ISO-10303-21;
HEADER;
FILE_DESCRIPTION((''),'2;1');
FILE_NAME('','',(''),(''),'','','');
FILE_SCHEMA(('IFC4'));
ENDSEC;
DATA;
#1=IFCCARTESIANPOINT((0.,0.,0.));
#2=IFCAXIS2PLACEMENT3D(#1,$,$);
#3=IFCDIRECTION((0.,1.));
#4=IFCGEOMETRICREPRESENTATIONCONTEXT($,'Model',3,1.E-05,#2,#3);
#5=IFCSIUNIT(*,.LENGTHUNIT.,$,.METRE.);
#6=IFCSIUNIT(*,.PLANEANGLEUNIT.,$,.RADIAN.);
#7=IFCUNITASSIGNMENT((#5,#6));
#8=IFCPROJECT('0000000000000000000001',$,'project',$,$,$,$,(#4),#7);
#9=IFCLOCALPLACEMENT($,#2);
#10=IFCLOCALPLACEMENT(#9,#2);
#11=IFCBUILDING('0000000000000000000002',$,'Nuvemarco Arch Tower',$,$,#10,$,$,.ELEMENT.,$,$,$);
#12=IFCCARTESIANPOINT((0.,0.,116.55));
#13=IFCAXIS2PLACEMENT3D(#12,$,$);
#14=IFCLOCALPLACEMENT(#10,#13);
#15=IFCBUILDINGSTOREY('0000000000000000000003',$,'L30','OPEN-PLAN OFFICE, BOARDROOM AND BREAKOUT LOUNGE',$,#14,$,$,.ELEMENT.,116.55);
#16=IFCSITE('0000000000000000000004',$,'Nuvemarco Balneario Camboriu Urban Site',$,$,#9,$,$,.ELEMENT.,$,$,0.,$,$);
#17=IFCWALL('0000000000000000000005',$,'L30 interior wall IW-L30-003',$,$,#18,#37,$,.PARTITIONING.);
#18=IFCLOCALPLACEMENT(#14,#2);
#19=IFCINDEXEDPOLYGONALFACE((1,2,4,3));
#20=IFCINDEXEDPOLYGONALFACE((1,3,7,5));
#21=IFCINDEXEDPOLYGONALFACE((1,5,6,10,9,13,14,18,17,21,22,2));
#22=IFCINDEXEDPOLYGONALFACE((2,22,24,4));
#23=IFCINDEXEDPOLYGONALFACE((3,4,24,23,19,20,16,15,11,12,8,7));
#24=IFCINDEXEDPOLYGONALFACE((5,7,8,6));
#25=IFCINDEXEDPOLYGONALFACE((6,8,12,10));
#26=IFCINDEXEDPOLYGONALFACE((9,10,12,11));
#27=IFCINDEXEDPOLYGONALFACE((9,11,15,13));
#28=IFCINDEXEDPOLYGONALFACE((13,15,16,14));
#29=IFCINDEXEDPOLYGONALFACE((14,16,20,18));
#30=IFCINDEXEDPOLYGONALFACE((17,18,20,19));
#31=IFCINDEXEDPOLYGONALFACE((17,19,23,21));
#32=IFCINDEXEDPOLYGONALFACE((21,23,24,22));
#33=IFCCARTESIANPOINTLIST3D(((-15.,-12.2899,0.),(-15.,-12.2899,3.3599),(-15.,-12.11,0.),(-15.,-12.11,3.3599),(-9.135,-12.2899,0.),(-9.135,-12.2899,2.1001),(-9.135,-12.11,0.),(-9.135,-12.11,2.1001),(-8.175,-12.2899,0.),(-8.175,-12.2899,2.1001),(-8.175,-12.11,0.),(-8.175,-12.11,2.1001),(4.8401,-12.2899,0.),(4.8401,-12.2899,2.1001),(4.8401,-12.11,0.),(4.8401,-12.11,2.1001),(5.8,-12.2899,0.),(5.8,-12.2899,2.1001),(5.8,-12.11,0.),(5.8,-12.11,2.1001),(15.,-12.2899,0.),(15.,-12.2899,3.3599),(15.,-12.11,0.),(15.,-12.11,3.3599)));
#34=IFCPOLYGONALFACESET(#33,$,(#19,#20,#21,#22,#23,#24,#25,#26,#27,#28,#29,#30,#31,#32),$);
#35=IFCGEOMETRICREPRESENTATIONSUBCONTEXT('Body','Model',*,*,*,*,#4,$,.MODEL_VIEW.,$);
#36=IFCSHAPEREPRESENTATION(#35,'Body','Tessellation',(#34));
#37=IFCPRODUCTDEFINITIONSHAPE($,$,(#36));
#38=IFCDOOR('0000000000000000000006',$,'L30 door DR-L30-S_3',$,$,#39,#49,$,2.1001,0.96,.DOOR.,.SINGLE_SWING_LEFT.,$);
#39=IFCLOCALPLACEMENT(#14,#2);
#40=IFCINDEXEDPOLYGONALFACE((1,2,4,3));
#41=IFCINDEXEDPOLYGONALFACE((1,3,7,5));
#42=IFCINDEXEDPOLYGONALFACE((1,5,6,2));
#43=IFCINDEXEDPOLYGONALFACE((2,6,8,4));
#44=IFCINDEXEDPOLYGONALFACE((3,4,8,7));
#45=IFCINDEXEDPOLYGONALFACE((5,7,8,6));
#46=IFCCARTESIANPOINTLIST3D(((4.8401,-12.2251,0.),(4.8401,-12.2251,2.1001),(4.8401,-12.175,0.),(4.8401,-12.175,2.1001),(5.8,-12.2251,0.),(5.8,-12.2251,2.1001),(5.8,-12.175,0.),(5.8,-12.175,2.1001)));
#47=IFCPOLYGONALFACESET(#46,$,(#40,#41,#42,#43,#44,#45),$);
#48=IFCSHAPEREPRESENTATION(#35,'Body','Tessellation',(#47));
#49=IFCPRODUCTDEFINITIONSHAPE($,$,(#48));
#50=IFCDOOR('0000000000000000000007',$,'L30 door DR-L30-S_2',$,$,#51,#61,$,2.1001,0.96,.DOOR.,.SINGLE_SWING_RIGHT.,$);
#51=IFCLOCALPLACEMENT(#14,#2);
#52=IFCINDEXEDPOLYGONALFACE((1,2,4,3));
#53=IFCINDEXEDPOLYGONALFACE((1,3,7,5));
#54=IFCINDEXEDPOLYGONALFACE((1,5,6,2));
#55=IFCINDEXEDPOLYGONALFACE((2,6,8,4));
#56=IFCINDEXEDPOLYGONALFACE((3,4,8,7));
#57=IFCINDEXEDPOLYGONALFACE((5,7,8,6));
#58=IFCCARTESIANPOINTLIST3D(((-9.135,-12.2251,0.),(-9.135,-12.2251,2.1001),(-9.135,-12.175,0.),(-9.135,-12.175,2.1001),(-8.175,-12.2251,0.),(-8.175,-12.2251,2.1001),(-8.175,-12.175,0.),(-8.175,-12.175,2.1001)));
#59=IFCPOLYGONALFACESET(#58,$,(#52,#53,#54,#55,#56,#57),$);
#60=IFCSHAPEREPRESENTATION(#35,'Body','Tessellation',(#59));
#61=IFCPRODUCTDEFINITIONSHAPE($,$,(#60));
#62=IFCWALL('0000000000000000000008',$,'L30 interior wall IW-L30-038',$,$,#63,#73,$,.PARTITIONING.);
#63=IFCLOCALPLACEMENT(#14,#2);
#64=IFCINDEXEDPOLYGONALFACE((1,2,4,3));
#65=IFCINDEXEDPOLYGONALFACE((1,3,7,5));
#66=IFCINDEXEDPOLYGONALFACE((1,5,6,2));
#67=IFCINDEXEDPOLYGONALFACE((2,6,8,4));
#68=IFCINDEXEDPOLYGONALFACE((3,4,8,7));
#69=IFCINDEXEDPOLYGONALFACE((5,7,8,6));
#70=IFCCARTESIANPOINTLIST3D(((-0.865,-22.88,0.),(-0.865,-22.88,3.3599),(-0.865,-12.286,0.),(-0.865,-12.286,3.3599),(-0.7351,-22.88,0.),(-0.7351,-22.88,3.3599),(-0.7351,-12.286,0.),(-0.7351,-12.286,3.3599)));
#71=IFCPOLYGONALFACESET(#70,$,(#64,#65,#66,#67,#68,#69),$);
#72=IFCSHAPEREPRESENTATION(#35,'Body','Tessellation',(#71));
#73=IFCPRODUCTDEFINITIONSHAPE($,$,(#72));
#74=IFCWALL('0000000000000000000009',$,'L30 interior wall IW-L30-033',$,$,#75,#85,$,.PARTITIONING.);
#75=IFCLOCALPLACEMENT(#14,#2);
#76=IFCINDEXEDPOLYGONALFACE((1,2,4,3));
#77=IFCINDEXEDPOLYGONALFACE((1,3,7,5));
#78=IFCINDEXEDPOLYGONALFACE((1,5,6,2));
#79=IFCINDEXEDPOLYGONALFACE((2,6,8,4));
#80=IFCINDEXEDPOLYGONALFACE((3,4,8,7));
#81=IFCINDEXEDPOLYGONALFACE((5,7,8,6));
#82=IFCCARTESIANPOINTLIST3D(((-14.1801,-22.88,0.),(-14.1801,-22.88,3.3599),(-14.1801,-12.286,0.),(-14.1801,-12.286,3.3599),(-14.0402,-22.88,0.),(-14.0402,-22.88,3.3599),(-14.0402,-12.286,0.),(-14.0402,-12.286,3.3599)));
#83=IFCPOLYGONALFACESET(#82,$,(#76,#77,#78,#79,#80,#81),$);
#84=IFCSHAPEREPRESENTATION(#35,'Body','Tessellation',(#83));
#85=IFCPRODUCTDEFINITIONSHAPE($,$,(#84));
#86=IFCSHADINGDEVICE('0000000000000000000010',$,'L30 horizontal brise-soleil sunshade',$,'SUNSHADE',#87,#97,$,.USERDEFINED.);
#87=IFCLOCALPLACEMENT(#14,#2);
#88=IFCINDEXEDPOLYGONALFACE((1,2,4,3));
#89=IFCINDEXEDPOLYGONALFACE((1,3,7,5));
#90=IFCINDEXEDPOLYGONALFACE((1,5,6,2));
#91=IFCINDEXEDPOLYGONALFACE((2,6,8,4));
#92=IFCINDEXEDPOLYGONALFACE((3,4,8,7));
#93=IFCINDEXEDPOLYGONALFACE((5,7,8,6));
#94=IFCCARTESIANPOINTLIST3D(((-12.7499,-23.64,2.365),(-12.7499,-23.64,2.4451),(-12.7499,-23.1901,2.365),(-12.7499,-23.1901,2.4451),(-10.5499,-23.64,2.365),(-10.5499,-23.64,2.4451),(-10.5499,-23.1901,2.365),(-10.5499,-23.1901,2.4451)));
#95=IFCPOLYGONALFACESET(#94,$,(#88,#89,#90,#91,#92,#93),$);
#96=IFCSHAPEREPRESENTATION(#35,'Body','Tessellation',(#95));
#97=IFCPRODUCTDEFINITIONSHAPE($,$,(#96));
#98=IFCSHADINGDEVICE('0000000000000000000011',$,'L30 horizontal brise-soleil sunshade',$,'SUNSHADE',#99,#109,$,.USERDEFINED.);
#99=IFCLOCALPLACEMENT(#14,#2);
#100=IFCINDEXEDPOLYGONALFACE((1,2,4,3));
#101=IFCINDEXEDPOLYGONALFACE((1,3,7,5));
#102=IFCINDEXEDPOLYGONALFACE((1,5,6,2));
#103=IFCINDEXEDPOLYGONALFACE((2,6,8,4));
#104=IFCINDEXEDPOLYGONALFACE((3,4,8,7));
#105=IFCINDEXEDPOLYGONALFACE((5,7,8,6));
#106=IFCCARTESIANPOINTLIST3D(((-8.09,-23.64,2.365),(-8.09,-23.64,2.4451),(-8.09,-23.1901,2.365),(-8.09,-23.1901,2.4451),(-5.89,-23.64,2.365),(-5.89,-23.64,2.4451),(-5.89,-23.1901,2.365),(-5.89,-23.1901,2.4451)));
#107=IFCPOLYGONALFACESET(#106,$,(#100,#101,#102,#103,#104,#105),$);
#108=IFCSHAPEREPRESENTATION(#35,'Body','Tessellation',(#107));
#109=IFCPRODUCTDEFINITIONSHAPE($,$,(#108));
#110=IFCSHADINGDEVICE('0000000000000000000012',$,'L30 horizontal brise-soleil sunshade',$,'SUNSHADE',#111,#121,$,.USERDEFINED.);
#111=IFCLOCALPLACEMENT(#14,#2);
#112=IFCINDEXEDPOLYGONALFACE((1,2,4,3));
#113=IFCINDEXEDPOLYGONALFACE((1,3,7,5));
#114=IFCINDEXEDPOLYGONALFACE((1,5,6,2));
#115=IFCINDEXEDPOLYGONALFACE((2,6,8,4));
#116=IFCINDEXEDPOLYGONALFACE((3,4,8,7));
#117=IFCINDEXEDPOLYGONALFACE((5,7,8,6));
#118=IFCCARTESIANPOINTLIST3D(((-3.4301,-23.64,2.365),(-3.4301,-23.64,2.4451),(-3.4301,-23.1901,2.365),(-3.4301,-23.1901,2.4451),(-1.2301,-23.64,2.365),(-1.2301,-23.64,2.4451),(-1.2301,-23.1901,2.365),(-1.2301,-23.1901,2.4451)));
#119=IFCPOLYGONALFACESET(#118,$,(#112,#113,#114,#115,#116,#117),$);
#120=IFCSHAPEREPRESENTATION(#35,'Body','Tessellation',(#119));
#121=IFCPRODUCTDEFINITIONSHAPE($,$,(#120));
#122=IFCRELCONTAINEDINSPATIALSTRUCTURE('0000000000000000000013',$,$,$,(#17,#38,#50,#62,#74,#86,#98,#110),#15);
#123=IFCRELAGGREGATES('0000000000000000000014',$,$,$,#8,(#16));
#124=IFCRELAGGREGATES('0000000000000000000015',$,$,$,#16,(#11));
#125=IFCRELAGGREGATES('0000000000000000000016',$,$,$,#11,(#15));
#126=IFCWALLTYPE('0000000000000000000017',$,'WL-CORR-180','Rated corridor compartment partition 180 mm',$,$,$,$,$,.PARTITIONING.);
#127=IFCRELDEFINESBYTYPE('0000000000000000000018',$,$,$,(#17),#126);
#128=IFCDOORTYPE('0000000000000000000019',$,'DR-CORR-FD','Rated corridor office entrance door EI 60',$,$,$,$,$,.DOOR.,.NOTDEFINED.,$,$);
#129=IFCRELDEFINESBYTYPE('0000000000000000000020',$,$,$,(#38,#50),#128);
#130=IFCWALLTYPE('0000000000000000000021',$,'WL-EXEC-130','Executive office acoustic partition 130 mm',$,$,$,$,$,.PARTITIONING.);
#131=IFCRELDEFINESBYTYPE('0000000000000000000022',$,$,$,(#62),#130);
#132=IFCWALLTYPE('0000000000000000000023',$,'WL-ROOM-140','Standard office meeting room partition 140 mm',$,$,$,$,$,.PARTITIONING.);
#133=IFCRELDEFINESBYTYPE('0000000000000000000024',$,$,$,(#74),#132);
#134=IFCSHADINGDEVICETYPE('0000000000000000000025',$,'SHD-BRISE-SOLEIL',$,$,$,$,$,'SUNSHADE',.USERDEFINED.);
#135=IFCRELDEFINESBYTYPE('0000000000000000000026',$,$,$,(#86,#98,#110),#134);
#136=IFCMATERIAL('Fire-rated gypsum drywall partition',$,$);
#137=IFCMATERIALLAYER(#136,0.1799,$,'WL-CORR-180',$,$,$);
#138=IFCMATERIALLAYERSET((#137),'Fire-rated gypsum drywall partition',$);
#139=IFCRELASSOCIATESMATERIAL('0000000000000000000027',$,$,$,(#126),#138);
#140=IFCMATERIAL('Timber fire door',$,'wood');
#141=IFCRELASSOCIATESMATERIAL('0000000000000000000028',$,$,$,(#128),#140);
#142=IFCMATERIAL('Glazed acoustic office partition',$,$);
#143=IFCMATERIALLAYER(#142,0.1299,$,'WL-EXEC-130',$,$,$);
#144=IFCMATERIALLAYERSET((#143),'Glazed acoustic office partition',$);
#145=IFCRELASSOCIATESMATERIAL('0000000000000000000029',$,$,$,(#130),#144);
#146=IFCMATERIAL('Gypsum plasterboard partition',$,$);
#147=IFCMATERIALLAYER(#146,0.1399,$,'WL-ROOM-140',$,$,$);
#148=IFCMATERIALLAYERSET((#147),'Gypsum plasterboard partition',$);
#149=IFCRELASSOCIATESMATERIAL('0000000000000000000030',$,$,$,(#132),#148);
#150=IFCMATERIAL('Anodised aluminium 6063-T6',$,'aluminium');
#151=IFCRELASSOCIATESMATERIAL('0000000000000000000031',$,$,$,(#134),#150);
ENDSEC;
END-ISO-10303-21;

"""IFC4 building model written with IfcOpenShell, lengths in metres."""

from ifc_helpers import new_model, si_unit, direction, frame, frame_2d, origin, origin_2d, place, context, subcontext, project, spatial, rectangle, extrude, source, transform, mapped, material, layer, layer_set, type_object, type_shapes, element, fill, save


model = new_model("IFC4")

# Units and contexts
model_context = context("Model", 3, precision=1e-05, world=origin(), true_north=direction((0.0, 1.0)))
body_context = subcontext(model_context, "Body", "Model", "MODEL_VIEW")
ifc_project = project(units=[si_unit("LENGTHUNIT", "METRE"), si_unit("PLANEANGLEUNIT", "RADIAN")], contexts=[model_context])

# Site, building, storey
site_placement = place(None, origin())
site = spatial("IfcSite", under=ifc_project, at=site_placement, Name="Nuvemarco Balneario Camboriu Urban Site", CompositionType="ELEMENT", RefElevation=0.0)
building_placement = place(site_placement, origin())
building = spatial("IfcBuilding", under=site, at=building_placement, Name="Nuvemarco Arch Tower", CompositionType="ELEMENT")
storey_placement = place(building_placement, frame((0.0, 0.0, 116.55)))
storey = spatial("IfcBuildingStorey", under=building, at=storey_placement, Name="L30", Description="OPEN-PLAN OFFICE, BOARDROOM AND BREAKOUT LOUNGE", CompositionType="ELEMENT", Elevation=116.55)

# Wall, openings, doors
ifc_material_1 = material(Name="Fire-rated gypsum drywall partition")
ifc_layer_1 = layer(ifc_material_1, 0.1799, Name="WL-CORR-180")
ifc_layer_set_1 = layer_set([ifc_layer_1], Name="Fire-rated gypsum drywall partition")
wall_type_1 = type_object("IfcWallType", Name="WL-CORR-180", Description="Rated corridor compartment partition 180 mm", PredefinedType="PARTITIONING", material=ifc_layer_set_1)
wall_1_placement = place(storey_placement, frame((-15.0, -12.2, 0.0), z_axis=(0.0, 0.0, 1.0), x_axis=(1.0, 0.0, 0.0)))
wall_1 = element("IfcWall", 1, at=wall_1_placement, inside=storey, type_object=wall_type_1, Name="L30 interior wall IW-L30-003", PredefinedType="PARTITIONING", context=body_context, shape_type="SweptSolid", body=[
    extrude(rectangle(XDim=30.0, YDim=0.1799, at=frame_2d((15.0, 0.0))), origin(), (0.0, 0.0, 1.0), 3.3599),
])
opening_1_placement = place(wall_1_placement, frame((19.8401, 0.0, 0.0)))
opening_1 = element("IfcOpeningElement", 2, at=opening_1_placement, cuts=wall_1, PredefinedType="OPENING", context=body_context, shape_type="SweptSolid", body=[
    extrude(rectangle(XDim=0.96, YDim=2.1001, at=frame_2d((0.48, 1.05))), frame((0.0, 0.0999, 0.0), z_axis=(0.0, -1.0, 0.0), x_axis=(1.0, 0.0, 0.0)), (0.0, 0.0, 1.0), 0.2),
])
opening_2_placement = place(wall_1_placement, frame((5.865, 0.0, 0.0)))
opening_2 = element("IfcOpeningElement", 3, at=opening_2_placement, cuts=wall_1, PredefinedType="OPENING", context=body_context, shape_type="SweptSolid", body=[
    extrude(rectangle(XDim=0.96, YDim=2.1001, at=frame_2d((0.48, 1.05))), frame((0.0, 0.0999, 0.0), z_axis=(0.0, -1.0, 0.0), x_axis=(1.0, 0.0, 0.0)), (0.0, 0.0, 1.0), 0.2),
])
ifc_material_2 = material(Name="Timber fire door", Category="wood")
door_type = type_object("IfcDoorType", Name="DR-CORR-FD", Description="Rated corridor office entrance door EI 60", OperationType="NOTDEFINED", PredefinedType="DOOR", material=ifc_material_2)
shared_shape_1 = source(origin(), body_context, "Body", "SweptSolid", [
    extrude(rectangle(XDim=0.96, YDim=2.1001, at=frame_2d((0.48, 1.05))), frame((0.0, 0.0249, 0.0), z_axis=(0.0, -1.0, 0.0), x_axis=(1.0, 0.0, 0.0)), (0.0, 0.0, 1.0), 0.05),
])
type_shapes(door_type, [shared_shape_1])
door_1_placement = place(opening_1_placement, origin())
door_1 = element("IfcDoor", 4, at=door_1_placement, inside=storey, type_object=door_type, Name="L30 door DR-L30-S_3", OperationType="SINGLE_SWING_LEFT", OverallHeight=2.1001, OverallWidth=0.96, PredefinedType="DOOR", context=body_context, shape_type="MappedRepresentation", body=[
    mapped(shared_shape_1, transform((0.0, 0.0, 0.0), scale=1.0)),
])
fill(opening_1, door_1)
door_2_placement = place(opening_2_placement, origin())
door_2 = element("IfcDoor", 5, at=door_2_placement, inside=storey, type_object=door_type, Name="L30 door DR-L30-S_2", OperationType="SINGLE_SWING_RIGHT", OverallHeight=2.1001, OverallWidth=0.96, PredefinedType="DOOR", context=body_context, shape_type="MappedRepresentation", body=[
    mapped(shared_shape_1, transform((0.0, 0.0, 0.0), scale=1.0)),
])
fill(opening_2, door_2)

# Walls
ifc_material_3 = material(Name="Glazed acoustic office partition")
ifc_layer_2 = layer(ifc_material_3, 0.1299, Name="WL-EXEC-130")
ifc_layer_set_2 = layer_set([ifc_layer_2], Name="Glazed acoustic office partition")
wall_type_2 = type_object("IfcWallType", Name="WL-EXEC-130", Description="Executive office acoustic partition 130 mm", PredefinedType="PARTITIONING", material=ifc_layer_set_2)
wall_2_placement = place(storey_placement, frame((-0.8, -22.8799, 0.0), z_axis=(0.0, 0.0, 1.0), x_axis=(0.0, 1.0, 0.0)))
element("IfcWall", 6, at=wall_2_placement, inside=storey, type_object=wall_type_2, Name="L30 interior wall IW-L30-038", PredefinedType="PARTITIONING", context=body_context, shape_type="SweptSolid", body=[
    extrude(rectangle(XDim=10.594, YDim=0.1299, at=frame_2d((5.2969, 0.0))), origin(), (0.0, 0.0, 1.0), 3.3599),
])
ifc_material_4 = material(Name="Gypsum plasterboard partition")
ifc_layer_3 = layer(ifc_material_4, 0.1399, Name="WL-ROOM-140")
ifc_layer_set_3 = layer_set([ifc_layer_3], Name="Gypsum plasterboard partition")
wall_type_3 = type_object("IfcWallType", Name="WL-ROOM-140", Description="Standard office meeting room partition 140 mm", PredefinedType="PARTITIONING", material=ifc_layer_set_3)
wall_3_placement = place(storey_placement, frame((-14.1101, -22.8799, 0.0), z_axis=(0.0, 0.0, 1.0), x_axis=(0.0, 1.0, 0.0)))
element("IfcWall", 7, at=wall_3_placement, inside=storey, type_object=wall_type_3, Name="L30 interior wall IW-L30-033", PredefinedType="PARTITIONING", context=body_context, shape_type="SweptSolid", body=[
    extrude(rectangle(XDim=10.594, YDim=0.1399, at=frame_2d((5.2969, 0.0))), origin(), (0.0, 0.0, 1.0), 3.3599),
])

# Shading devices
ifc_material_5 = material(Name="Anodised aluminium 6063-T6", Category="aluminium")
shading_device_type = type_object("IfcShadingDeviceType", Name="SHD-BRISE-SOLEIL", ElementType="SUNSHADE", PredefinedType="USERDEFINED", material=ifc_material_5)
shared_shape_2 = source(origin(), body_context, "Body", "SweptSolid", [
    extrude(rectangle(XDim=2.2, YDim=0.45, at=origin_2d()), origin(), (0.0, 0.0, 1.0), 0.0801),
])
type_shapes(shading_device_type, [shared_shape_2])
for number, where, z_axis, x_axis, name in (
    (8, (-11.6499, -23.415, 2.365), (0.0, 0.0, 1.0), (1.0, 0.0, 0.0), "L30 horizontal brise-soleil sunshade"),
    (9, (-6.99, -23.415, 2.365), (0.0, 0.0, 1.0), (1.0, 0.0, 0.0), "L30 horizontal brise-soleil sunshade"),
    (10, (-2.3301, -23.415, 2.365), (0.0, 0.0, 1.0), (1.0, 0.0, 0.0), "L30 horizontal brise-soleil sunshade"),
):
    element("IfcShadingDevice", number, at=place(storey_placement, frame(where, z_axis=z_axis, x_axis=x_axis)), inside=storey, type_object=shading_device_type, Name=name, ObjectType="SUNSHADE", PredefinedType="USERDEFINED", context=body_context, shape_type="MappedRepresentation", body=[
        mapped(shared_shape_2, transform((0.0, 0.0, 0.0), scale=1.0)),
    ])

save(model, "model.ifc")
